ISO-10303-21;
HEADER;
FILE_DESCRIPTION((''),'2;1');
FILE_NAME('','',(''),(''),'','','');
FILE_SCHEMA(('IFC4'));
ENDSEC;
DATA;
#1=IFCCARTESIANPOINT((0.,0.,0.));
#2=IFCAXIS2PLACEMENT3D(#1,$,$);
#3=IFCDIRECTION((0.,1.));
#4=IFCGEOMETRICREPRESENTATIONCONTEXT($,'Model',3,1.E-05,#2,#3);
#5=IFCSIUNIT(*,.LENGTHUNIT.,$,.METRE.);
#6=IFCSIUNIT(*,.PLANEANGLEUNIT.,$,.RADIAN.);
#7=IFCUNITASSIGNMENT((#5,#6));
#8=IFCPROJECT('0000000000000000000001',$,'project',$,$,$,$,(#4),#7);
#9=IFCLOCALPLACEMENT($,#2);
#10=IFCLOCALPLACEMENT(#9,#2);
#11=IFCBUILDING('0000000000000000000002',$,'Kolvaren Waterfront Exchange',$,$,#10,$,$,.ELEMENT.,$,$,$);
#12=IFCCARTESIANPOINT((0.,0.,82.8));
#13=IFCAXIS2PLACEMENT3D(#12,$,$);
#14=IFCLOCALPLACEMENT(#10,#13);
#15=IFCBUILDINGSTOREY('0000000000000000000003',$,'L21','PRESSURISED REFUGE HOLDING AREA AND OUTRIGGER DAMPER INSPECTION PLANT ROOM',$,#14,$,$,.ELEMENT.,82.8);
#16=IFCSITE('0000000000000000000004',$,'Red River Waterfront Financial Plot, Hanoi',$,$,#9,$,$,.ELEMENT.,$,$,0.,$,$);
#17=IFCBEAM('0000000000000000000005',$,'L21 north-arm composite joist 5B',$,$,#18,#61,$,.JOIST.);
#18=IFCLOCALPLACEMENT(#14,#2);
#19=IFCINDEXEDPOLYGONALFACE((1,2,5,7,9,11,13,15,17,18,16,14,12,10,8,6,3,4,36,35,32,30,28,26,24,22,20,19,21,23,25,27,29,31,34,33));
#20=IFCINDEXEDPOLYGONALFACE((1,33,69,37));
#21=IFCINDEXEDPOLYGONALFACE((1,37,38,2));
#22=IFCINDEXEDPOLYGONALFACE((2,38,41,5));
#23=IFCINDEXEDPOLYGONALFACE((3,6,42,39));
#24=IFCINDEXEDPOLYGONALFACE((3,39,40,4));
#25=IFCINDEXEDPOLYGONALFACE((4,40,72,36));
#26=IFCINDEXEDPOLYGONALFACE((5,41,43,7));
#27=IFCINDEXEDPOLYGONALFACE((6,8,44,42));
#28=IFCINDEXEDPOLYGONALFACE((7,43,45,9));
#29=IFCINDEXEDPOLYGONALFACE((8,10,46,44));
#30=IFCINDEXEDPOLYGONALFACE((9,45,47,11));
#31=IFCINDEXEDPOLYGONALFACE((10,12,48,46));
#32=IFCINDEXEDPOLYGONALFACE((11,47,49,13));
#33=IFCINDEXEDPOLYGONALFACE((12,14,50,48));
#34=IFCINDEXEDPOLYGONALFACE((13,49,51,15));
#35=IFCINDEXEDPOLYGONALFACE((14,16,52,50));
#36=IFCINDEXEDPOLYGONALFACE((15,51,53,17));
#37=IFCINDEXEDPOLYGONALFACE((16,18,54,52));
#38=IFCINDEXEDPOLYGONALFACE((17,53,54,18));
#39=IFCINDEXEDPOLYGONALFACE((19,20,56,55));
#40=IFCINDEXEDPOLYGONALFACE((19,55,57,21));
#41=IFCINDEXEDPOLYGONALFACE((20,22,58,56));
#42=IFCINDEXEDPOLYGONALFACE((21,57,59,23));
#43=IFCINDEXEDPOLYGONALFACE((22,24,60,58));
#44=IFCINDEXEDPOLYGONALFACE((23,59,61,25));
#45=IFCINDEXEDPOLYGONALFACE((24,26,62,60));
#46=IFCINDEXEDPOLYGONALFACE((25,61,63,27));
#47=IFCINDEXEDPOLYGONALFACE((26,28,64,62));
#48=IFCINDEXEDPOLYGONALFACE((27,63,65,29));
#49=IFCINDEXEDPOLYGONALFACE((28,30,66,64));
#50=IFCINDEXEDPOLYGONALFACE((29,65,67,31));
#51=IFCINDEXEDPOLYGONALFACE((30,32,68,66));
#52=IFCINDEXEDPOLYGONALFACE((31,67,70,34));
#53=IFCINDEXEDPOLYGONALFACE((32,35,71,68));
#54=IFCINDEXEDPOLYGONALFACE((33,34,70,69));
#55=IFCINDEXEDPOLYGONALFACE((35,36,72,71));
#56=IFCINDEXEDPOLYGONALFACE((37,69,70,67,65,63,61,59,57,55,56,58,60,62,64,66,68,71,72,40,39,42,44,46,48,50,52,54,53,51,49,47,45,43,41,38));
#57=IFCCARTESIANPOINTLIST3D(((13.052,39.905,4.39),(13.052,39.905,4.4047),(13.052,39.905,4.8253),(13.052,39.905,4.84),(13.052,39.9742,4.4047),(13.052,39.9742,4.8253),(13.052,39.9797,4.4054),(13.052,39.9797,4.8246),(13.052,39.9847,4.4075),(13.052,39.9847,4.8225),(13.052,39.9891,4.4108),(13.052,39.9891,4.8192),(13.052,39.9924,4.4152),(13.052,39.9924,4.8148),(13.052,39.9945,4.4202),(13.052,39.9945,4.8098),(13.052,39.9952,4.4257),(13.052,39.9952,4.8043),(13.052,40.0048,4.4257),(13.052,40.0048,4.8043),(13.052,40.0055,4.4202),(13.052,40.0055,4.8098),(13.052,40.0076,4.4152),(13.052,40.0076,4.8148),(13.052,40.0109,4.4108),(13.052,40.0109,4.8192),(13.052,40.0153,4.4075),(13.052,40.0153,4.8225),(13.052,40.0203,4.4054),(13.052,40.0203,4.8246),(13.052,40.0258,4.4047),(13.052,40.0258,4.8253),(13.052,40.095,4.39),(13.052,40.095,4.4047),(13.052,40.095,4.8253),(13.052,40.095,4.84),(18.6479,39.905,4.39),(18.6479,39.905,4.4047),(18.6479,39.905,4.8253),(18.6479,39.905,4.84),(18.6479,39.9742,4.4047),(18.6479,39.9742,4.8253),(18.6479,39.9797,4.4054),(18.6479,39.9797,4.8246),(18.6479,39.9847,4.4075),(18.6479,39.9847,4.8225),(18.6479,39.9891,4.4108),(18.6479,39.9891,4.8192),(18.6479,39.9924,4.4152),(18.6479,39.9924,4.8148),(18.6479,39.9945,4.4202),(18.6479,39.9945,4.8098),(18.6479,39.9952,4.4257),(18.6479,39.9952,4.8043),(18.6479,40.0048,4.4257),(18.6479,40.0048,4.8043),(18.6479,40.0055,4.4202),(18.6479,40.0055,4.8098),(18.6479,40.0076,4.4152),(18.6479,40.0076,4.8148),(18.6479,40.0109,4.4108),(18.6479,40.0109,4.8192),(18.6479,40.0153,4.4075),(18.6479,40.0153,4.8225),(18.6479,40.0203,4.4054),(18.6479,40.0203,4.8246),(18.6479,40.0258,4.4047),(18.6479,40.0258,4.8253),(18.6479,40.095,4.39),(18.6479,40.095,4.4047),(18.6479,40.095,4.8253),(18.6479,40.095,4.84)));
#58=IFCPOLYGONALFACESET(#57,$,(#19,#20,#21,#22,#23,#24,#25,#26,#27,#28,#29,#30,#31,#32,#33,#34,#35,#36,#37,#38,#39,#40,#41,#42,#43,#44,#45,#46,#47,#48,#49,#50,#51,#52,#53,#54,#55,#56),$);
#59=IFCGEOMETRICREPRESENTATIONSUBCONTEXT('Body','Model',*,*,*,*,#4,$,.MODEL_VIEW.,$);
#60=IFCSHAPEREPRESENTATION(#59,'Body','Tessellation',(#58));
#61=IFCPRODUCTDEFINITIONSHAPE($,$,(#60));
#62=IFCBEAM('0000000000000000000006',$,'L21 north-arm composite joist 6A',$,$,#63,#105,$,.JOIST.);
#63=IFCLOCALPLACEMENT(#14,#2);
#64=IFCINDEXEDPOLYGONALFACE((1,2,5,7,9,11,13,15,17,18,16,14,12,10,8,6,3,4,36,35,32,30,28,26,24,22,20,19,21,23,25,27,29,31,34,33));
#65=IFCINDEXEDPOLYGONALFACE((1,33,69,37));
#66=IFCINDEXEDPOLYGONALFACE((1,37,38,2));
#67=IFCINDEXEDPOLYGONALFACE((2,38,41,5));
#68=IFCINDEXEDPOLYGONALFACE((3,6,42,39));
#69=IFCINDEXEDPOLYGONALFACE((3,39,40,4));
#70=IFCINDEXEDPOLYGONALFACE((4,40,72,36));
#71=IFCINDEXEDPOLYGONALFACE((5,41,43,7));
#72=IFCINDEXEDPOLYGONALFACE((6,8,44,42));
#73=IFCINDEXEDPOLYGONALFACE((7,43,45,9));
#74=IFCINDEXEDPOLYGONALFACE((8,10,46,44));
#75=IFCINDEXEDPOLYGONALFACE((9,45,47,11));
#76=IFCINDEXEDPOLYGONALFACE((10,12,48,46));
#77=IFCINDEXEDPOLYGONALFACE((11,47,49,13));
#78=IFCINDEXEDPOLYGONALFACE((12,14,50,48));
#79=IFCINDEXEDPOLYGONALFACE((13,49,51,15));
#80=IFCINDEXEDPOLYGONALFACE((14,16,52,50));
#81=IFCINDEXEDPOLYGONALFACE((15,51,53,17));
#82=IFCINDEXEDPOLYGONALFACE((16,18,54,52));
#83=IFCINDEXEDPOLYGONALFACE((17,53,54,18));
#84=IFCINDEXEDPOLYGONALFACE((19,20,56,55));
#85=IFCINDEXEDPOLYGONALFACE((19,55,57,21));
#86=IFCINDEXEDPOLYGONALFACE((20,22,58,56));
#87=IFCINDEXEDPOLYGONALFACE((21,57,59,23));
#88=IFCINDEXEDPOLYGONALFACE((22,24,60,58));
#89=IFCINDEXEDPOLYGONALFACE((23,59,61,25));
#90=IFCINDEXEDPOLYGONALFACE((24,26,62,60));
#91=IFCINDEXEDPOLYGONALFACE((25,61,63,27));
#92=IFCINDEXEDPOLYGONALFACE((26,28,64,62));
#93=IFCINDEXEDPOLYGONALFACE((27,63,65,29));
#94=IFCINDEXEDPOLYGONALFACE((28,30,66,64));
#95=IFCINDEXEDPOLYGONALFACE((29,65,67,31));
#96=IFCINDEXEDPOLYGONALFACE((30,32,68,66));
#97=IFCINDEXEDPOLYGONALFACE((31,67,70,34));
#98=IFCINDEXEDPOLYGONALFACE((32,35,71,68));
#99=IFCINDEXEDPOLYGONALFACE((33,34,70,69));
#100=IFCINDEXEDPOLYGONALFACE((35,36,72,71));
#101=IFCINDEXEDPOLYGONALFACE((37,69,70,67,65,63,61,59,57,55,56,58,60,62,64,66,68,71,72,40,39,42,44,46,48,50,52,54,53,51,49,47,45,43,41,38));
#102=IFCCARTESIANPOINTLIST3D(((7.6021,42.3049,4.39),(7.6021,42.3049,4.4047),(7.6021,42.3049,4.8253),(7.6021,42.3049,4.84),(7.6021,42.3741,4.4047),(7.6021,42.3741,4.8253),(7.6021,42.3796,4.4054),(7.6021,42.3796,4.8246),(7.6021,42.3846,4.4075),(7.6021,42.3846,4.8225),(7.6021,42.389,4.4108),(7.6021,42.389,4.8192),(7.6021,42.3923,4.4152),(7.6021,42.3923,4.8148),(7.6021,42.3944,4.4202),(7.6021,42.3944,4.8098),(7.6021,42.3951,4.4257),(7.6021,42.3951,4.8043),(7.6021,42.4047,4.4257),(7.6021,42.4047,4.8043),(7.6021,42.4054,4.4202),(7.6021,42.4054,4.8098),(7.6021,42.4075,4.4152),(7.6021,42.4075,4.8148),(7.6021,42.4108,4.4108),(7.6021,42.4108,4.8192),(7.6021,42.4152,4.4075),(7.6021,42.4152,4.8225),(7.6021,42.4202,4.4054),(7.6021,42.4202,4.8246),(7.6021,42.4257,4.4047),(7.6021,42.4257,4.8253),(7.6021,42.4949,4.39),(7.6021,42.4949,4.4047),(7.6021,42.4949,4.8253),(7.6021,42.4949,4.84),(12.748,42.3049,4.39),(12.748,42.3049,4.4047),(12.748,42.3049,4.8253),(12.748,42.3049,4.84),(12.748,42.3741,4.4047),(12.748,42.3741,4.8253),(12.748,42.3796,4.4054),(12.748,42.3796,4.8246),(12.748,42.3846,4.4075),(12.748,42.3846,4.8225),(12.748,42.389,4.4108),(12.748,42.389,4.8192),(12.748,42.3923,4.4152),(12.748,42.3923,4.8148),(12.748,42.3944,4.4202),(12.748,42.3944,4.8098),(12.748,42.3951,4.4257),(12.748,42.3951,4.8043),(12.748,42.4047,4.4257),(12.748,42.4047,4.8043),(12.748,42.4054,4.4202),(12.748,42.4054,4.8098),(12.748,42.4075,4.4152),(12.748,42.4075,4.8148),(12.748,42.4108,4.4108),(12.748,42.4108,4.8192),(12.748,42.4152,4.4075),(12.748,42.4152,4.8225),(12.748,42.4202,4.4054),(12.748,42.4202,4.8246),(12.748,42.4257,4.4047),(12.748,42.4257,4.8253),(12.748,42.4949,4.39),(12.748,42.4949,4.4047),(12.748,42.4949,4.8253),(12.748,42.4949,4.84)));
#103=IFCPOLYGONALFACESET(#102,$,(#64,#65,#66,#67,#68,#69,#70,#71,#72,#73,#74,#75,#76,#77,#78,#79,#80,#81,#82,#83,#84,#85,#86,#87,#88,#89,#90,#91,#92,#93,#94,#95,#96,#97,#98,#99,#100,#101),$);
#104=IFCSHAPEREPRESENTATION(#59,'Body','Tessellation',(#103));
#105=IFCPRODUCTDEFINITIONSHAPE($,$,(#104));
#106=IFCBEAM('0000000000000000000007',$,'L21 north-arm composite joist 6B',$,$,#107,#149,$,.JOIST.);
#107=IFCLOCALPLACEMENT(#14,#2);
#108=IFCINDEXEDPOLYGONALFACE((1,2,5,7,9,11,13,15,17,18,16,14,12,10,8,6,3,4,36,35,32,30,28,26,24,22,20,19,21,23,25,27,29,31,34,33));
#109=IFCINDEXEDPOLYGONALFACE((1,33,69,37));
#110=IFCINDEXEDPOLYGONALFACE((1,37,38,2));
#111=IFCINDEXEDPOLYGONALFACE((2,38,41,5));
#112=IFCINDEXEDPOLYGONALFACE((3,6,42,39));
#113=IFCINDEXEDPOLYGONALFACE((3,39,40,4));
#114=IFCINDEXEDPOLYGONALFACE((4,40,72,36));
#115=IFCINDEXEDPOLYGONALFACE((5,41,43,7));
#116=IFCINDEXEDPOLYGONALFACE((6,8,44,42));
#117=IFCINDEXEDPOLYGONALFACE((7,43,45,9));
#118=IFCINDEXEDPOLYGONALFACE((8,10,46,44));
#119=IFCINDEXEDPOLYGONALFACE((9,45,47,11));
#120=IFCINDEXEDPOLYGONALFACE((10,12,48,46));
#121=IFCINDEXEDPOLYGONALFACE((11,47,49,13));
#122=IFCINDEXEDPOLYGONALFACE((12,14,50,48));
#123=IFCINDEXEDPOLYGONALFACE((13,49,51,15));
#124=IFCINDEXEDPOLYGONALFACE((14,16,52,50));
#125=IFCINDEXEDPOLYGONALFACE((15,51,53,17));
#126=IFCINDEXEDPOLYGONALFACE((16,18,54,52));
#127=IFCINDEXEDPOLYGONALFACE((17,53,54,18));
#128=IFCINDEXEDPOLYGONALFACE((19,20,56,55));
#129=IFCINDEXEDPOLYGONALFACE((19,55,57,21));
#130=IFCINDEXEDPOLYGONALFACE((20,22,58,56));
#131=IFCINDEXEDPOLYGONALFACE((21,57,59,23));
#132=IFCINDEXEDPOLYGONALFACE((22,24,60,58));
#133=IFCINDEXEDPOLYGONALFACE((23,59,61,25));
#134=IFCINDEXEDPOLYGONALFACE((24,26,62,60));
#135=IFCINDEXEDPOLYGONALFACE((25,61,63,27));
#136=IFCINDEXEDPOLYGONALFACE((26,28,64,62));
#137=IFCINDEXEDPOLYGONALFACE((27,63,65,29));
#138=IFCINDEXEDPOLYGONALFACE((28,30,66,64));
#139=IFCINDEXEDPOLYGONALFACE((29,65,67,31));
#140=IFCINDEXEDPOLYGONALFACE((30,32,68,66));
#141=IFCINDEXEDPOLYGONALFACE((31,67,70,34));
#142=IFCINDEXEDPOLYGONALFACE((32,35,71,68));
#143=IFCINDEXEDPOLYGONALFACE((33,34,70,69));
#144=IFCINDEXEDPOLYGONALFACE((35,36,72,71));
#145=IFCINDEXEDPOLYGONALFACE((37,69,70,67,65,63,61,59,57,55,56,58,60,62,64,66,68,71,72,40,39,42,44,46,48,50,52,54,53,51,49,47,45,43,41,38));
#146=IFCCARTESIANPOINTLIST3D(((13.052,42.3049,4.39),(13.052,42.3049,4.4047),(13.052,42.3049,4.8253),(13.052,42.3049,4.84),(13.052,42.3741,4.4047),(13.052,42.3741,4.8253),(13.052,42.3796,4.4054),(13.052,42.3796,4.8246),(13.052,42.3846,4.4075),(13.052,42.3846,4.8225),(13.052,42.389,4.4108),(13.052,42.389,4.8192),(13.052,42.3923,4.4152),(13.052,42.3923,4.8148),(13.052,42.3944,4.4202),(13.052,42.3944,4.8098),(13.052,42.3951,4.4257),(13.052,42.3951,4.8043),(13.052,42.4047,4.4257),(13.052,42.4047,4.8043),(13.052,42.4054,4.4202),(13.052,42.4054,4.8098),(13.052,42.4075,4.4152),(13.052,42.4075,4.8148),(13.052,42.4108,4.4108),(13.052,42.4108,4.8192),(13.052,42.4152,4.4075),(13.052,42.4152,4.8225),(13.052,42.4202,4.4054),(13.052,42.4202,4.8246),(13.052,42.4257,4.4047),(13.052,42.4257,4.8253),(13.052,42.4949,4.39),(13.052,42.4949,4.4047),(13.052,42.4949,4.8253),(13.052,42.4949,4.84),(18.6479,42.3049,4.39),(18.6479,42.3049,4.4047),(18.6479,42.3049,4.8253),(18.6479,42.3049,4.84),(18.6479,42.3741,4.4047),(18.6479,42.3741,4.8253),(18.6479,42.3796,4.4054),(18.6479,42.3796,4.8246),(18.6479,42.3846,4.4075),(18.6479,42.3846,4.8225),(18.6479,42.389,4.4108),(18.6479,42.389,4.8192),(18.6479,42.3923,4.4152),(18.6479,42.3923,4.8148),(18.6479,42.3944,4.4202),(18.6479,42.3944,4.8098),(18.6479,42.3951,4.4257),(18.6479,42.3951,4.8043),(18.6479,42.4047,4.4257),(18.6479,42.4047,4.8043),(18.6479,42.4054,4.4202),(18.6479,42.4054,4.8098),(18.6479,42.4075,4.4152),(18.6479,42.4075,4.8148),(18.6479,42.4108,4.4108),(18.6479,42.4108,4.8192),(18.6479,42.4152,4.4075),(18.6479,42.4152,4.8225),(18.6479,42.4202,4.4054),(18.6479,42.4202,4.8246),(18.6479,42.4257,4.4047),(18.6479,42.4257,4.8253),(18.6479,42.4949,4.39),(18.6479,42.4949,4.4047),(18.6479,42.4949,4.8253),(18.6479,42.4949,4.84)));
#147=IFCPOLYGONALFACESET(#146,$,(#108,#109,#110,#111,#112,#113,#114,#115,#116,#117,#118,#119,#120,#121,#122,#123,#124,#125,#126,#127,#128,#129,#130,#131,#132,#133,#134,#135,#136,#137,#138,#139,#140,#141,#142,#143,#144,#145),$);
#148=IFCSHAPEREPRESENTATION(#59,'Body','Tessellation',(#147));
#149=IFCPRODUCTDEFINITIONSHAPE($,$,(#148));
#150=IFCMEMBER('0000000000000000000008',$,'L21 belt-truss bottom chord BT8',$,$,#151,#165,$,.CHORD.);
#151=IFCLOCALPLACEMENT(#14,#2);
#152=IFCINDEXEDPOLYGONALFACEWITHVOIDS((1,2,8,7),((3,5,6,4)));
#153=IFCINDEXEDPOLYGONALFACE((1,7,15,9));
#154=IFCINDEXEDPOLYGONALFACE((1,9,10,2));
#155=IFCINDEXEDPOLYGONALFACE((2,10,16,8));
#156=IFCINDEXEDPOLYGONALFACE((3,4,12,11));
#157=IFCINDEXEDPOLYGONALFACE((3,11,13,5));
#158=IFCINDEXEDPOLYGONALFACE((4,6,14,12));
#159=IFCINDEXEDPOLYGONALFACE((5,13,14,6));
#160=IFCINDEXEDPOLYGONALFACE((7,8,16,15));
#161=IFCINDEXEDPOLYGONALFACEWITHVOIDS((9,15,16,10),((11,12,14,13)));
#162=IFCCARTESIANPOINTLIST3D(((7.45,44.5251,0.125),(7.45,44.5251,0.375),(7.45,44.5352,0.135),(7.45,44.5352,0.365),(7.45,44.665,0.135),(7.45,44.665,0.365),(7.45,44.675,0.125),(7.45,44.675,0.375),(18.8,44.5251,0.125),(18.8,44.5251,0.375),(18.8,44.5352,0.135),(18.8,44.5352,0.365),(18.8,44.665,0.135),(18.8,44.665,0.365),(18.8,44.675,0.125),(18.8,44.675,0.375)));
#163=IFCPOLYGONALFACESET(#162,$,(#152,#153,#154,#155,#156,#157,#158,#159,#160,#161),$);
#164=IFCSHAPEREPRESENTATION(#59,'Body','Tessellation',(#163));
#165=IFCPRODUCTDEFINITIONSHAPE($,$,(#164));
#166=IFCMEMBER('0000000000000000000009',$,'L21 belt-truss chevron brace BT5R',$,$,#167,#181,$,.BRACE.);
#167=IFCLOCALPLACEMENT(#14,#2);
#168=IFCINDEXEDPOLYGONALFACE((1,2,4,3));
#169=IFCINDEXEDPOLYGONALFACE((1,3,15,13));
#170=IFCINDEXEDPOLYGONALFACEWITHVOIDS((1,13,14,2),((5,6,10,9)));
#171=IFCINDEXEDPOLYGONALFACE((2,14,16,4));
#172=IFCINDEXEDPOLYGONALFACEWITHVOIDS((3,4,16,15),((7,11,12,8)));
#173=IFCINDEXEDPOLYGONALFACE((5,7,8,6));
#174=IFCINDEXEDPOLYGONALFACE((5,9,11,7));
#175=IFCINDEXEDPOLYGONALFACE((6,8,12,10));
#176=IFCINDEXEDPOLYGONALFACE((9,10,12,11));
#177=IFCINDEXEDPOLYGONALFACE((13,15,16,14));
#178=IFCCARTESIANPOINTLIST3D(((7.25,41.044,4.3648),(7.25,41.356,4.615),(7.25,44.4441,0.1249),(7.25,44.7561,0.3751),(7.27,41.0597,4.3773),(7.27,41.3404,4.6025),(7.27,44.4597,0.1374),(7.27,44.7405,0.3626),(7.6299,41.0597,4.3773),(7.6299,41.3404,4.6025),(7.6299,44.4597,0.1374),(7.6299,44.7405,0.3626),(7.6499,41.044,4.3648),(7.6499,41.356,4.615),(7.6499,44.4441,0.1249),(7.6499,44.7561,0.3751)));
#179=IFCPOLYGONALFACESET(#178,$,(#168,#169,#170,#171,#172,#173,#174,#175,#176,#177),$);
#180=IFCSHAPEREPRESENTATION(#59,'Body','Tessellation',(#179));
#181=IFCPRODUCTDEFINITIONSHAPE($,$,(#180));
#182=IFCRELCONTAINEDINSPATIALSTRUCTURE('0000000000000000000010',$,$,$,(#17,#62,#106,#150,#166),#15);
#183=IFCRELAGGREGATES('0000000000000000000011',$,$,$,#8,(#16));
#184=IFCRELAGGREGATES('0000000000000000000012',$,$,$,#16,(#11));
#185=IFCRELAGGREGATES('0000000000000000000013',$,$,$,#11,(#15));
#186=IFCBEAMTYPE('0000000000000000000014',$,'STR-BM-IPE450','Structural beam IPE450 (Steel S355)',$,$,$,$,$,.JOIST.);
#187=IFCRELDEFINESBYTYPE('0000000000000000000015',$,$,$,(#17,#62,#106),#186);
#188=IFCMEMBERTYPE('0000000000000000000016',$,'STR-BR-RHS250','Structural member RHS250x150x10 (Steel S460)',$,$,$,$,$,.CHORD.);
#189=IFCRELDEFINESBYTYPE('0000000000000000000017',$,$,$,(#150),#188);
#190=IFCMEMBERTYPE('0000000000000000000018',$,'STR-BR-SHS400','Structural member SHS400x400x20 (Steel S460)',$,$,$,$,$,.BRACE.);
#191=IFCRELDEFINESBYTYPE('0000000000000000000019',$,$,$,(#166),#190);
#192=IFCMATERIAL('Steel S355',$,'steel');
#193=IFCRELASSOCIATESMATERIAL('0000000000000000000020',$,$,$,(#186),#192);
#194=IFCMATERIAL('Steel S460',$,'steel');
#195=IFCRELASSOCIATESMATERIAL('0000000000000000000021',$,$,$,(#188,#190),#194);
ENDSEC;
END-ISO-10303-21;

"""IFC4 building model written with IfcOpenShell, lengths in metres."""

from ifc_helpers import new_model, si_unit, direction, frame, origin, origin_2d, place, context, subcontext, project, spatial, hollow_rectangle, i_section, extrude, material, material_profile, profile_set, type_object, element, save


model = new_model("IFC4")

# Units and contexts
model_context = context("Model", 3, precision=1e-05, world=origin(), true_north=direction((0.0, 1.0)))
body_context = subcontext(model_context, "Body", "Model", "MODEL_VIEW")
ifc_project = project(units=[si_unit("LENGTHUNIT", "METRE"), si_unit("PLANEANGLEUNIT", "RADIAN")], contexts=[model_context])

# Site, building, storey
site_placement = place(None, origin())
site = spatial("IfcSite", under=ifc_project, at=site_placement, Name="Red River Waterfront Financial Plot, Hanoi", CompositionType="ELEMENT", RefElevation=0.0)
building_placement = place(site_placement, origin())
building = spatial("IfcBuilding", under=site, at=building_placement, Name="Kolvaren Waterfront Exchange", CompositionType="ELEMENT")
storey_placement = place(building_placement, frame((0.0, 0.0, 82.8)))
storey = spatial("IfcBuildingStorey", under=building, at=storey_placement, Name="L21", Description="PRESSURISED REFUGE HOLDING AREA AND OUTRIGGER DAMPER INSPECTION PLANT ROOM", CompositionType="ELEMENT", Elevation=82.8)

# Beams
ifc_material_1 = material(Name="Steel S355", Category="steel")
ifc_material_profile_1 = material_profile(ifc_material_1, i_section(OverallWidth=0.1899, OverallDepth=0.45, WebThickness=0.0095, FlangeThickness=0.0146, FilletRadius=0.021, at=origin_2d()), Name="IPE450")
ifc_profile_set_1 = profile_set([ifc_material_profile_1], Name="Steel S355")
beam_type_1 = type_object("IfcBeamType", Name="STR-BM-IPE450", Description="Structural beam IPE450 (Steel S355)", PredefinedType="JOIST", material=ifc_profile_set_1)
beam_1_placement = place(storey_placement, frame((13.052, 40.0, 4.615), z_axis=(1.0, 0.0, 0.0), x_axis=(0.0, 1.0, 0.0)))
element("IfcBeam", 1, at=beam_1_placement, inside=storey, type_object=beam_type_1, Name="L21 north-arm composite joist 5B", PredefinedType="JOIST", context=body_context, shape_type="SweptSolid", body=[
    extrude(i_section(OverallWidth=0.1899, OverallDepth=0.45, WebThickness=0.0095, FlangeThickness=0.0146, FilletRadius=0.021, at=origin_2d()), origin(), (0.0, 0.0, 1.0), 5.5959),
])
beam_2_placement = place(storey_placement, frame((7.6021, 42.3999, 4.615), z_axis=(1.0, 0.0, 0.0), x_axis=(0.0, 1.0, 0.0)))
element("IfcBeam", 2, at=beam_2_placement, inside=storey, type_object=beam_type_1, Name="L21 north-arm composite joist 6A", PredefinedType="JOIST", context=body_context, shape_type="SweptSolid", body=[
    extrude(i_section(OverallWidth=0.1899, OverallDepth=0.45, WebThickness=0.0095, FlangeThickness=0.0146, FilletRadius=0.021, at=origin_2d()), origin(), (0.0, 0.0, 1.0), 5.146),
])
beam_3_placement = place(storey_placement, frame((13.052, 42.3999, 4.615), z_axis=(1.0, 0.0, 0.0), x_axis=(0.0, 1.0, 0.0)))
element("IfcBeam", 3, at=beam_3_placement, inside=storey, type_object=beam_type_1, Name="L21 north-arm composite joist 6B", PredefinedType="JOIST", context=body_context, shape_type="SweptSolid", body=[
    extrude(i_section(OverallWidth=0.1899, OverallDepth=0.45, WebThickness=0.0095, FlangeThickness=0.0146, FilletRadius=0.021, at=origin_2d()), origin(), (0.0, 0.0, 1.0), 5.5959),
])

# Members
ifc_material_2 = material(Name="Steel S460", Category="steel")
ifc_material_profile_2 = material_profile(ifc_material_2, hollow_rectangle(XDim=0.1499, YDim=0.25, WallThickness=0.01, at=origin_2d()), Name="RHS250x150x10")
ifc_profile_set_2 = profile_set([ifc_material_profile_2], Name="Steel S460")
member_type_1 = type_object("IfcMemberType", Name="STR-BR-RHS250", Description="Structural member RHS250x150x10 (Steel S460)", PredefinedType="CHORD", material=ifc_profile_set_2)
member_1_placement = place(storey_placement, frame((7.45, 44.6001, 0.25), z_axis=(1.0, 0.0, 0.0), x_axis=(0.0, 1.0, 0.0)))
element("IfcMember", 4, at=member_1_placement, inside=storey, type_object=member_type_1, Name="L21 belt-truss bottom chord BT8", PredefinedType="CHORD", context=body_context, shape_type="SweptSolid", body=[
    extrude(hollow_rectangle(XDim=0.1499, YDim=0.25, WallThickness=0.01, at=origin_2d()), origin(), (0.0, 0.0, 1.0), 11.3501),
])
ifc_material_profile_3 = material_profile(ifc_material_2, hollow_rectangle(XDim=0.3999, YDim=0.3999, WallThickness=0.02, at=origin_2d()), Name="SHS400x400x20")
ifc_profile_set_3 = profile_set([ifc_material_profile_3], Name="Steel S460")
member_type_2 = type_object("IfcMemberType", Name="STR-BR-SHS400", Description="Structural member SHS400x400x20 (Steel S460)", PredefinedType="BRACE", material=ifc_profile_set_3)
member_2_placement = place(storey_placement, frame((7.45, 44.6001, 0.25), z_axis=(0.0, -0.625609, 0.780136), x_axis=(1.0, 0.0, 0.0)))
element("IfcMember", 5, at=member_2_placement, inside=storey, type_object=member_type_2, Name="L21 belt-truss chevron brace BT5R", PredefinedType="BRACE", context=body_context, shape_type="SweptSolid", body=[
    extrude(hollow_rectangle(XDim=0.3999, YDim=0.3999, WallThickness=0.02, at=origin_2d()), origin(), (0.0, 0.0, 1.0), 5.4348),
])

save(model, "model.ifc")
